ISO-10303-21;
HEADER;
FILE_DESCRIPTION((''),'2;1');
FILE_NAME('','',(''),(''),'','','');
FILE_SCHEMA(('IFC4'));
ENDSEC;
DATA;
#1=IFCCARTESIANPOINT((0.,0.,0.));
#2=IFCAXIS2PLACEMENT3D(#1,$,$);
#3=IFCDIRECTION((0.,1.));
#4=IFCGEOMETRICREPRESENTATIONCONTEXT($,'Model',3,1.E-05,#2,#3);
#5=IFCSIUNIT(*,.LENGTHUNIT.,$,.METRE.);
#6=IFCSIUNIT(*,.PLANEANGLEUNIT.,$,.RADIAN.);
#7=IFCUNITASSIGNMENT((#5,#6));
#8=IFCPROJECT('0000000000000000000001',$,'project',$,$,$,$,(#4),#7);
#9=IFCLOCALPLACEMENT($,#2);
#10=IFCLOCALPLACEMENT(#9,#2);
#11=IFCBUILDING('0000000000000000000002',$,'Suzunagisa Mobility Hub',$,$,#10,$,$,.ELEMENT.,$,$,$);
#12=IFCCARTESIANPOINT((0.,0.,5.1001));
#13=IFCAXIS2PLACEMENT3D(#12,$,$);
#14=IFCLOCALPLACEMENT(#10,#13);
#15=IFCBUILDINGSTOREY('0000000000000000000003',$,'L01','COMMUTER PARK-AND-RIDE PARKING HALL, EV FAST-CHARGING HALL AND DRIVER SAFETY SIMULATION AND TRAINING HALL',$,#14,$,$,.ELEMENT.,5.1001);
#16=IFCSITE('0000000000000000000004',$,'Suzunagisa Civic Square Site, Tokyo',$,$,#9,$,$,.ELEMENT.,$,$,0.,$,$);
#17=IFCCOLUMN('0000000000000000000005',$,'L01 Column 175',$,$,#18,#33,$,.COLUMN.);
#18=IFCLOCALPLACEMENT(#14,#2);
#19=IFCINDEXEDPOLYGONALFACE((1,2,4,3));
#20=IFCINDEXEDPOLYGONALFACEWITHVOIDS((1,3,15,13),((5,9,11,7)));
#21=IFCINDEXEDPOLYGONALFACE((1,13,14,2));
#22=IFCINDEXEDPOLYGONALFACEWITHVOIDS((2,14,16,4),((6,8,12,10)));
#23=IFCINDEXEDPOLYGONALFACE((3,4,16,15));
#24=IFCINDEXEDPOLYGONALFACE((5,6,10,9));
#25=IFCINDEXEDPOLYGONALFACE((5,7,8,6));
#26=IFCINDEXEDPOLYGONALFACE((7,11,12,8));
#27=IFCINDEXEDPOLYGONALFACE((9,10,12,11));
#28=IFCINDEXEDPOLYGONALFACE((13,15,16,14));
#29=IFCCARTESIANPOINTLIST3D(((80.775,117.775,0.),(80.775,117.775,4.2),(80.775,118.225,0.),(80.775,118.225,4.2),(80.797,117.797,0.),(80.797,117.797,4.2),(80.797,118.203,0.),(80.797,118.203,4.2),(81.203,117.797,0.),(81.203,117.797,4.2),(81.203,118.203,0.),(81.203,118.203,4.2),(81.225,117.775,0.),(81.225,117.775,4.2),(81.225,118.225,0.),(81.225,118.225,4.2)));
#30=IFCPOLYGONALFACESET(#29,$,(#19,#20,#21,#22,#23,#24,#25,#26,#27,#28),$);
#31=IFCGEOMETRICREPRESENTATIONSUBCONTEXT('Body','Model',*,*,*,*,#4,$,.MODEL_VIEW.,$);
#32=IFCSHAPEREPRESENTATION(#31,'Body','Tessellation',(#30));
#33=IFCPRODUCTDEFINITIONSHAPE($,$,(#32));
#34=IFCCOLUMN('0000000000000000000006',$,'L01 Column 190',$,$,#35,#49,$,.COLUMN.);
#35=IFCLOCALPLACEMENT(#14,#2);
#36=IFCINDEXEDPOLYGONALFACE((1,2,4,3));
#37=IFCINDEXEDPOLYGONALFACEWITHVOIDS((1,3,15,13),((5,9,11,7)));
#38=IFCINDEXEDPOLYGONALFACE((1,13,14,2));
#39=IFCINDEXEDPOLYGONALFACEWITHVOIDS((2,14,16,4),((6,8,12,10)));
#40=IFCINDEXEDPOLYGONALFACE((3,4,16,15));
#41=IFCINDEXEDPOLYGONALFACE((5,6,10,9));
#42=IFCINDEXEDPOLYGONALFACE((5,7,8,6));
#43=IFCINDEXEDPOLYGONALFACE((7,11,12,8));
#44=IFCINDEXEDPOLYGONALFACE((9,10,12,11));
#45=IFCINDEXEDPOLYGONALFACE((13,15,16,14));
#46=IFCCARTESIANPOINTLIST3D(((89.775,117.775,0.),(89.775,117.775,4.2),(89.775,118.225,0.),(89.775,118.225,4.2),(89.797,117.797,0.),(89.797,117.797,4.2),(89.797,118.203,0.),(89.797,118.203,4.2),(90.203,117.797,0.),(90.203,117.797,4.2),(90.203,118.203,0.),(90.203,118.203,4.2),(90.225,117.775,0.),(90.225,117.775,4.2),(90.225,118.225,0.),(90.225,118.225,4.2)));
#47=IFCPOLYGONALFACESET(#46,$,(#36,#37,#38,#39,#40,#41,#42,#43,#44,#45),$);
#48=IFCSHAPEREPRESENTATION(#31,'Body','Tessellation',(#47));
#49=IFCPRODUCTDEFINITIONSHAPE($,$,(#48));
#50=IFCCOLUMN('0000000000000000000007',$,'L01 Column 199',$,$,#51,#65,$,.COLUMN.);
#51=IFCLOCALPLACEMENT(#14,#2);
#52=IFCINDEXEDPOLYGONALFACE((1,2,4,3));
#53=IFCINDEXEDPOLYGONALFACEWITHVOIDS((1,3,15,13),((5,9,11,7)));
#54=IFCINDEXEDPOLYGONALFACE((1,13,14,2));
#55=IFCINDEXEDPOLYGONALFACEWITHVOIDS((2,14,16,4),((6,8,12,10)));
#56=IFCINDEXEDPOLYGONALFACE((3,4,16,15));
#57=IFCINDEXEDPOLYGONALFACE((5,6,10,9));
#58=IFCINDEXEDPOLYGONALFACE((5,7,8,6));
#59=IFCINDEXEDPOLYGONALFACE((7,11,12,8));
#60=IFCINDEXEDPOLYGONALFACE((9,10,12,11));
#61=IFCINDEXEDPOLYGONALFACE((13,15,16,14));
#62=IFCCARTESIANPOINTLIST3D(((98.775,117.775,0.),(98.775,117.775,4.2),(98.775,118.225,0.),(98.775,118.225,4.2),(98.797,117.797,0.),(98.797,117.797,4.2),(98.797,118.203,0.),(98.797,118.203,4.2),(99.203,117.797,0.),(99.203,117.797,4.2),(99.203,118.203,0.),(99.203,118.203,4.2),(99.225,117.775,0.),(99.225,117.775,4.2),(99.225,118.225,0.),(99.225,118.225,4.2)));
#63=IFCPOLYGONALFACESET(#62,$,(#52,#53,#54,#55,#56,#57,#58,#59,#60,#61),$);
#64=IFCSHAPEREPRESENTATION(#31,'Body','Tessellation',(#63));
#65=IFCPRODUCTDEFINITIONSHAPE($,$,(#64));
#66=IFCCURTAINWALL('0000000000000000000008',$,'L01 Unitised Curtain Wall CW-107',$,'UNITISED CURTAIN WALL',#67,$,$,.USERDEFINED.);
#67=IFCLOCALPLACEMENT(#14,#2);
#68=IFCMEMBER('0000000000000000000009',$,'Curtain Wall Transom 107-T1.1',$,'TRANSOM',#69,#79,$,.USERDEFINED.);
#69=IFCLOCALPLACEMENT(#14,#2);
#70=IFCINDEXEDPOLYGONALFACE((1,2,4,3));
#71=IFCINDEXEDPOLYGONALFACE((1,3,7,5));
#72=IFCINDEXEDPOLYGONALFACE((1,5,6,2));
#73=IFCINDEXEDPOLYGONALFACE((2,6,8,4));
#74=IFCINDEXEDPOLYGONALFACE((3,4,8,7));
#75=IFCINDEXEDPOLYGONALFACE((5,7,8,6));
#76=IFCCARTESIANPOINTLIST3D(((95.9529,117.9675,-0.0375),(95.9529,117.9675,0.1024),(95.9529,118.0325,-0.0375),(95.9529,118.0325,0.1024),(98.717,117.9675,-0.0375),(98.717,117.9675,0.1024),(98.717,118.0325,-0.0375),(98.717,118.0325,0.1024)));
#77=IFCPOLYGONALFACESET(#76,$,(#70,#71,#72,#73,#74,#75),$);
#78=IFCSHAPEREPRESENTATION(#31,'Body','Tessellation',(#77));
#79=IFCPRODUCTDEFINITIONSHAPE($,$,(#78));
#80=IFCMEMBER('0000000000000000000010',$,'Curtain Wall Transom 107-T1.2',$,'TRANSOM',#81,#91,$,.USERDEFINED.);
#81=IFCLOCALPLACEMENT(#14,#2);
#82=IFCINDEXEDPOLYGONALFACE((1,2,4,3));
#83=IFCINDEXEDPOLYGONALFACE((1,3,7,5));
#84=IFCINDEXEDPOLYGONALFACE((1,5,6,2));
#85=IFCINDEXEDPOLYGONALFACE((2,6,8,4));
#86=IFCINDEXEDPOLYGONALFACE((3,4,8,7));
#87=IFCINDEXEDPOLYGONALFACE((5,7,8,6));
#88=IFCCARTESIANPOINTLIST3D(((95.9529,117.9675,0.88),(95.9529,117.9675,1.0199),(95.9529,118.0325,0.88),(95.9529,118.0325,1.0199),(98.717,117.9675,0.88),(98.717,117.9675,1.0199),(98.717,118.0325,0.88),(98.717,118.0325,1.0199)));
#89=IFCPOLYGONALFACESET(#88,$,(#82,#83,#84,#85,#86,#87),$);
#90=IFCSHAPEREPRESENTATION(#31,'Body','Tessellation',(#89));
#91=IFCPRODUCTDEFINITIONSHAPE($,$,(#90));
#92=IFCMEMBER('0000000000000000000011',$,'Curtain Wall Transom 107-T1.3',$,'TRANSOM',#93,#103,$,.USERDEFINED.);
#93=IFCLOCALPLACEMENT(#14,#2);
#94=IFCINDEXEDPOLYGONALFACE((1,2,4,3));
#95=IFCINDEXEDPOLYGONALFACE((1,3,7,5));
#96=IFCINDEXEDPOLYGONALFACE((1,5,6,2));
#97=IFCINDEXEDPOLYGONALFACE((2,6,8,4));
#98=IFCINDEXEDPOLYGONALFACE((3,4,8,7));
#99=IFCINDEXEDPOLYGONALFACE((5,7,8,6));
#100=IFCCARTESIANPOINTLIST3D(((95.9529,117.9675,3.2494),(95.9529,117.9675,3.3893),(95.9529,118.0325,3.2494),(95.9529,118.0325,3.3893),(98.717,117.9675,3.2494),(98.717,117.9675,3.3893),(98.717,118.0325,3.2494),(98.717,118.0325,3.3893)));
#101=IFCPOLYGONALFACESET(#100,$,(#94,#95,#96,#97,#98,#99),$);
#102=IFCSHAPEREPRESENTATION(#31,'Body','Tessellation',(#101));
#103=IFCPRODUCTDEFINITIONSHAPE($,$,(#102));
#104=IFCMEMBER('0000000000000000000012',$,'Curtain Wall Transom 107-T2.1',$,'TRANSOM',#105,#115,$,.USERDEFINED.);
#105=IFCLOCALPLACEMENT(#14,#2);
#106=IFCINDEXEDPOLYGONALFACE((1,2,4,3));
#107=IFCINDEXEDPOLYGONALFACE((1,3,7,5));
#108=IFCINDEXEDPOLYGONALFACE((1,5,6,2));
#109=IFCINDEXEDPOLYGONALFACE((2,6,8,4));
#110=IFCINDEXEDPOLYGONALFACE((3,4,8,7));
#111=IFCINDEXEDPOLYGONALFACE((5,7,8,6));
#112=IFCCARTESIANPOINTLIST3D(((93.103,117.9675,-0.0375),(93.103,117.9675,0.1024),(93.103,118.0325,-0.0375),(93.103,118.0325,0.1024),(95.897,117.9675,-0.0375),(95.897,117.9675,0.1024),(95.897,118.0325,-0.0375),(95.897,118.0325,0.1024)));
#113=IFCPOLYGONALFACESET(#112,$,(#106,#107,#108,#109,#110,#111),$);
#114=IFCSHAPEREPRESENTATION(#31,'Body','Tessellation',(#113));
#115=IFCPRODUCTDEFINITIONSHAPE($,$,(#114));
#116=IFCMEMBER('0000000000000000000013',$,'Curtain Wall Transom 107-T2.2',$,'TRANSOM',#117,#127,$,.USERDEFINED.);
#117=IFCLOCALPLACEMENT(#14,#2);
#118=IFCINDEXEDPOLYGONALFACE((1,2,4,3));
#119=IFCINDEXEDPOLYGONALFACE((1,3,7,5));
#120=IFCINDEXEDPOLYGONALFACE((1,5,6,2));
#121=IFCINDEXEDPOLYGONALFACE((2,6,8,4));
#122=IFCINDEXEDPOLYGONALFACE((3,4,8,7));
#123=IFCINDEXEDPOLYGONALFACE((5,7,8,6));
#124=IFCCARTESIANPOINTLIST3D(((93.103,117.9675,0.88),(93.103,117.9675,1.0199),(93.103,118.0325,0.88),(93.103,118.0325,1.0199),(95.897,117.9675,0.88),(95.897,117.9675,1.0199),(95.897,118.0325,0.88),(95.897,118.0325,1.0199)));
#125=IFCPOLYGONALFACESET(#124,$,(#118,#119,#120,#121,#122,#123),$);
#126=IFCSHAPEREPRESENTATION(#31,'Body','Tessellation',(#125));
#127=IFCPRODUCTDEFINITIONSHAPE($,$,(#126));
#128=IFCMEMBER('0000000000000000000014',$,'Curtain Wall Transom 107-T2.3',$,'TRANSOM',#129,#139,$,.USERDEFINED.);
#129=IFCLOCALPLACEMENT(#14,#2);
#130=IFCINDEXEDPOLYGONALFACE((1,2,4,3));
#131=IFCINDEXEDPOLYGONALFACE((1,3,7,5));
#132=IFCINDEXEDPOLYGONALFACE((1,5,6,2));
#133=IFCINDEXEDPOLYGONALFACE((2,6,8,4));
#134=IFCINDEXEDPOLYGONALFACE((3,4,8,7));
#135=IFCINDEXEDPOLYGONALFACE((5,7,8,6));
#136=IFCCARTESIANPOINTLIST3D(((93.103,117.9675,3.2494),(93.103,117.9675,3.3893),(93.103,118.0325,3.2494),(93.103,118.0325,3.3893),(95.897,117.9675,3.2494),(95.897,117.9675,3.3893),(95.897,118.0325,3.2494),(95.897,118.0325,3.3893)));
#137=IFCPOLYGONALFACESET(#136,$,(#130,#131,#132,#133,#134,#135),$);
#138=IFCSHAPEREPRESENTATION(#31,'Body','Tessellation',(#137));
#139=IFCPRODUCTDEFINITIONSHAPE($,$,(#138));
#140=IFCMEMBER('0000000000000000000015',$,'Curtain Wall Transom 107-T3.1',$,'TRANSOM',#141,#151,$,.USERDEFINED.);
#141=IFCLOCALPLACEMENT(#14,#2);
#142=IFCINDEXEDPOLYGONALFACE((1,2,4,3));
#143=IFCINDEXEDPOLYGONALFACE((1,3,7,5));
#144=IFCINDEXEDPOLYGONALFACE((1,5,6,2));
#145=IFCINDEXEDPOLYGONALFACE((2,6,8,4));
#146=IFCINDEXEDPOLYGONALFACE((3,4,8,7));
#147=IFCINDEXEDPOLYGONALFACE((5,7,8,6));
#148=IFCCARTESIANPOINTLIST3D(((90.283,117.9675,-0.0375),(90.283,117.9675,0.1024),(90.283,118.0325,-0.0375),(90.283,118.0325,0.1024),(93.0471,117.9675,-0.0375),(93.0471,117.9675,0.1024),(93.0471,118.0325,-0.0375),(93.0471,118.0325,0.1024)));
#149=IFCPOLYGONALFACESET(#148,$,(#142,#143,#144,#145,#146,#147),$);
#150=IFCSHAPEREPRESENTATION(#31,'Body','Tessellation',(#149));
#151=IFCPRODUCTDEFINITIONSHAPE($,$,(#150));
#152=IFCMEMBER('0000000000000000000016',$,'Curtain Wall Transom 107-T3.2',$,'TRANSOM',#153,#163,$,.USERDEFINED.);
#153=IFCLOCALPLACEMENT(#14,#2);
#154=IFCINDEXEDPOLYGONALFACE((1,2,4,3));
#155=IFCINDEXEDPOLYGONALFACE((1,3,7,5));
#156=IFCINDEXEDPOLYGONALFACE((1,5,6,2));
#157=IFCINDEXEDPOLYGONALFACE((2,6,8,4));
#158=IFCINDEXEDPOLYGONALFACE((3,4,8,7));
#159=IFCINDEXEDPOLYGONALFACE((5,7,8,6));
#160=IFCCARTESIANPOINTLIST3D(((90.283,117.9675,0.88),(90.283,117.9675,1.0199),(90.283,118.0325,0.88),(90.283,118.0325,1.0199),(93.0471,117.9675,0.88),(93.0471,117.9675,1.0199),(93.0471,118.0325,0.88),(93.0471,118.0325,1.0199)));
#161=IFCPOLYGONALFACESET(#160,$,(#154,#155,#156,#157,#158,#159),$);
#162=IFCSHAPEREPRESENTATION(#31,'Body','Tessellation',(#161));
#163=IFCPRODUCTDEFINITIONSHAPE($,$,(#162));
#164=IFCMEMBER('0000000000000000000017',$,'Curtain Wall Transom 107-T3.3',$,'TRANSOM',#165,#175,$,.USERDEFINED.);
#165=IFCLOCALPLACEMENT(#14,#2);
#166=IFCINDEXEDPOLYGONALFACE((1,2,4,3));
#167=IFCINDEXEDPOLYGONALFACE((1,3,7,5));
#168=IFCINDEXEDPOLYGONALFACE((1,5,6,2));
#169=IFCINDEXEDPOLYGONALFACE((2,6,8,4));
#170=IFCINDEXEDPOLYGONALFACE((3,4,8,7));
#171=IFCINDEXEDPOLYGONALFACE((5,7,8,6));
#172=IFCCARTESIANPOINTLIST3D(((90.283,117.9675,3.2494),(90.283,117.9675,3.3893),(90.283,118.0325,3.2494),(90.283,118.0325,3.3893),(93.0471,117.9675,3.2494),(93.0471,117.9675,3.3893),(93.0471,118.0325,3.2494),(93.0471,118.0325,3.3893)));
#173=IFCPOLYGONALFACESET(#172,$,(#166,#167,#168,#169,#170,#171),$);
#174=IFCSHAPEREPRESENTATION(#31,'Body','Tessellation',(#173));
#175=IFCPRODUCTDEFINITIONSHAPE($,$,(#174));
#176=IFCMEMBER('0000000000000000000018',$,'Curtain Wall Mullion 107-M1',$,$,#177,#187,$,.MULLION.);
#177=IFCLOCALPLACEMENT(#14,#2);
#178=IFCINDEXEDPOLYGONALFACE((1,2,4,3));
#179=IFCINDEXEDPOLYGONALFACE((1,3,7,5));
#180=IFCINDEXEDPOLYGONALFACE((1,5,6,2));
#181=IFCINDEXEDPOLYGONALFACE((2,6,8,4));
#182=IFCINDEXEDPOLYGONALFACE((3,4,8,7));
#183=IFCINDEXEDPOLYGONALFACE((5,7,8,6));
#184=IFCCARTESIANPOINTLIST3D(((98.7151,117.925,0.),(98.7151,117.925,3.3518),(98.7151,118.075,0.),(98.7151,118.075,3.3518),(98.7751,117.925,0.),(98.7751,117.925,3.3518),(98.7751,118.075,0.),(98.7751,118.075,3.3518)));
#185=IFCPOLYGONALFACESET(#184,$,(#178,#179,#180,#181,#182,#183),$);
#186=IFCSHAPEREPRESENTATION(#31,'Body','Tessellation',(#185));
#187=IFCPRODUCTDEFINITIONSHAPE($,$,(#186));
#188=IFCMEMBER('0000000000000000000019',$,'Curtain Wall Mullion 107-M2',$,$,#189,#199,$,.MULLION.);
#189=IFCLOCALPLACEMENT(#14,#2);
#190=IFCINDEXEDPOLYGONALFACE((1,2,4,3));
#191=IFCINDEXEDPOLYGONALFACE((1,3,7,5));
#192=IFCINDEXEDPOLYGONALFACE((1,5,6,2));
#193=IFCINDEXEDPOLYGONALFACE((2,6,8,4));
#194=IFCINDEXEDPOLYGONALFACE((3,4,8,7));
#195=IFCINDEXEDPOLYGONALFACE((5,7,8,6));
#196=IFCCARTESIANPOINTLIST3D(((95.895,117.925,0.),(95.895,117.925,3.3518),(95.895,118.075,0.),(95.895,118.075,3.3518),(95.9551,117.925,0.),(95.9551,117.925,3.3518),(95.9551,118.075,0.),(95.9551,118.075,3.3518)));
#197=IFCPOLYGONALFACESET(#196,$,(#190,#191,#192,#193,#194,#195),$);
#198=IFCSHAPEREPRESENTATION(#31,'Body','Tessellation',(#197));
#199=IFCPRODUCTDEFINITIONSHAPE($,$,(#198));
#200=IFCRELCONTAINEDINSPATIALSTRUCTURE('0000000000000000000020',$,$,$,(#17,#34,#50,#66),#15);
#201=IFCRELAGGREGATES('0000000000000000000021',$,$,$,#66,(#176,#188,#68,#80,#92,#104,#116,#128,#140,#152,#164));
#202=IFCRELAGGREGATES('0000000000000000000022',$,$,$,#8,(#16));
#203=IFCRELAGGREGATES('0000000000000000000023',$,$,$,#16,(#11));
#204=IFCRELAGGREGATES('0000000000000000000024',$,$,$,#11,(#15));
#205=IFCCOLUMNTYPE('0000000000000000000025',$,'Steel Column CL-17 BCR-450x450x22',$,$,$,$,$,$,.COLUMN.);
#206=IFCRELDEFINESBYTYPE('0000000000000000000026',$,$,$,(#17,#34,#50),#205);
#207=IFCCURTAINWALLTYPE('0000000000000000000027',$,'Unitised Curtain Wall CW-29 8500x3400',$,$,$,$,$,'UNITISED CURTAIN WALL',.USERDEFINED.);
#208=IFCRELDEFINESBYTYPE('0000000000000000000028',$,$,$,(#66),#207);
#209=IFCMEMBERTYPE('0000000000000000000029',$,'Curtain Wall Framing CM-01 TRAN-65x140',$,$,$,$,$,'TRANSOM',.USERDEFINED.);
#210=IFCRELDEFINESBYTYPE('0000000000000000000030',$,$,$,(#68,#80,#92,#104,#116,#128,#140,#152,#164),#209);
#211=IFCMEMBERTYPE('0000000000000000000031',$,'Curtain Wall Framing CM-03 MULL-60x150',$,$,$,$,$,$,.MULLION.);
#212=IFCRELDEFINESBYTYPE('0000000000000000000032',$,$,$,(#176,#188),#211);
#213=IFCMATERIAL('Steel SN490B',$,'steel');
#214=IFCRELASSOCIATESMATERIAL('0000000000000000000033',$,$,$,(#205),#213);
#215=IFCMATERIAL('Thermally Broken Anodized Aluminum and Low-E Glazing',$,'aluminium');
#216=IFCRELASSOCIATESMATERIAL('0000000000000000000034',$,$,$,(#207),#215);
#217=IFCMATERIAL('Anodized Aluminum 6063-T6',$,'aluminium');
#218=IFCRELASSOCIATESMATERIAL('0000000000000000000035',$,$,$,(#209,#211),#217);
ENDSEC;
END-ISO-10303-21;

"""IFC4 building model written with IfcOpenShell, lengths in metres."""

from ifc_helpers import new_model, si_unit, direction, frame, origin, origin_2d, place, context, subcontext, project, spatial, rectangle, hollow_rectangle, extrude, material, material_profile, profile_set, type_object, element, aggregate, save


model = new_model("IFC4")

# Units and contexts
model_context = context("Model", 3, precision=1e-05, world=origin(), true_north=direction((0.0, 1.0)))
body_context = subcontext(model_context, "Body", "Model", "MODEL_VIEW")
ifc_project = project(units=[si_unit("LENGTHUNIT", "METRE"), si_unit("PLANEANGLEUNIT", "RADIAN")], contexts=[model_context])

# Site, building, storey
site_placement = place(None, origin())
site = spatial("IfcSite", under=ifc_project, at=site_placement, Name="Suzunagisa Civic Square Site, Tokyo", CompositionType="ELEMENT", RefElevation=0.0)
building_placement = place(site_placement, origin())
building = spatial("IfcBuilding", under=site, at=building_placement, Name="Suzunagisa Mobility Hub", CompositionType="ELEMENT")
storey_placement = place(building_placement, frame((0.0, 0.0, 5.1001)))
storey = spatial("IfcBuildingStorey", under=building, at=storey_placement, Name="L01", Description="COMMUTER PARK-AND-RIDE PARKING HALL, EV FAST-CHARGING HALL AND DRIVER SAFETY SIMULATION AND TRAINING HALL", CompositionType="ELEMENT", Elevation=5.1001)

# Columns
ifc_material_1 = material(Name="Steel SN490B", Category="steel")
ifc_material_profile_1 = material_profile(ifc_material_1, hollow_rectangle(XDim=0.45, YDim=0.45, WallThickness=0.022, at=origin_2d()), Name="BCR-450x450x22")
ifc_profile_set_1 = profile_set([ifc_material_profile_1], Name="Steel SN490B")
column_type = type_object("IfcColumnType", Name="Steel Column CL-17 BCR-450x450x22", PredefinedType="COLUMN", material=ifc_profile_set_1)
for number, where, z_axis, x_axis, name in (
    (1, (81.0, 118.0, 0.0), (0.0, 0.0, 1.0), (1.0, 0.0, 0.0), "L01 Column 175"),
    (2, (90.0, 118.0, 0.0), (0.0, 0.0, 1.0), (1.0, 0.0, 0.0), "L01 Column 190"),
    (3, (99.0, 118.0, 0.0), (0.0, 0.0, 1.0), (1.0, 0.0, 0.0), "L01 Column 199"),
):
    element("IfcColumn", number, at=place(storey_placement, frame(where, z_axis=z_axis, x_axis=x_axis)), inside=storey, type_object=column_type, Name=name, PredefinedType="COLUMN", context=body_context, shape_type="SweptSolid", body=[
        extrude(hollow_rectangle(XDim=0.45, YDim=0.45, WallThickness=0.022, at=origin_2d()), origin(), (0.0, 0.0, 1.0), 4.2),
    ])

# Curtain wall, members
ifc_material_2 = material(Name="Thermally Broken Anodized Aluminum and Low-E Glazing", Category="aluminium")
curtain_wall_type = type_object("IfcCurtainWallType", Name="Unitised Curtain Wall CW-29 8500x3400", ElementType="UNITISED CURTAIN WALL", PredefinedType="USERDEFINED", material=ifc_material_2)
curtain_wall_placement = place(storey_placement, origin())
curtain_wall = element("IfcCurtainWall", 4, at=curtain_wall_placement, inside=storey, type_object=curtain_wall_type, Name="L01 Unitised Curtain Wall CW-107", ObjectType="UNITISED CURTAIN WALL", PredefinedType="USERDEFINED")
ifc_material_3 = material(Name="Anodized Aluminum 6063-T6", Category="aluminium")
ifc_material_profile_2 = material_profile(ifc_material_3, rectangle(XDim=0.0649, YDim=0.1399, at=origin_2d()), Name="TRAN-65x140")
ifc_profile_set_2 = profile_set([ifc_material_profile_2], Name="Anodized Aluminum 6063-T6")
member_type_1 = type_object("IfcMemberType", Name="Curtain Wall Framing CM-01 TRAN-65x140", ElementType="TRANSOM", PredefinedType="USERDEFINED", material=ifc_profile_set_2)
member_1_placement = place(storey_placement, frame((98.717, 118.0, 0.0325), z_axis=(-1.0, 0.0, 0.0), x_axis=(0.0, -1.0, 0.0)))
member_1 = element("IfcMember", 5, at=member_1_placement, type_object=member_type_1, Name="Curtain Wall Transom 107-T1.1", ObjectType="TRANSOM", PredefinedType="USERDEFINED", context=body_context, shape_type="SweptSolid", body=[
    extrude(rectangle(XDim=0.0649, YDim=0.1399, at=origin_2d()), origin(), (0.0, 0.0, 1.0), 2.7642),
])
member_2_placement = place(storey_placement, frame((98.717, 118.0, 0.95), z_axis=(-1.0, 0.0, 0.0), x_axis=(0.0, -1.0, 0.0)))
member_2 = element("IfcMember", 6, at=member_2_placement, type_object=member_type_1, Name="Curtain Wall Transom 107-T1.2", ObjectType="TRANSOM", PredefinedType="USERDEFINED", context=body_context, shape_type="SweptSolid", body=[
    extrude(rectangle(XDim=0.0649, YDim=0.1399, at=origin_2d()), origin(), (0.0, 0.0, 1.0), 2.7642),
])
member_3_placement = place(storey_placement, frame((98.717, 118.0, 3.3193), z_axis=(-1.0, 0.0, 0.0), x_axis=(0.0, -1.0, 0.0)))
member_3 = element("IfcMember", 7, at=member_3_placement, type_object=member_type_1, Name="Curtain Wall Transom 107-T1.3", ObjectType="TRANSOM", PredefinedType="USERDEFINED", context=body_context, shape_type="SweptSolid", body=[
    extrude(rectangle(XDim=0.0649, YDim=0.1399, at=origin_2d()), origin(), (0.0, 0.0, 1.0), 2.7642),
])
member_4_placement = place(storey_placement, frame((95.897, 118.0, 0.0325), z_axis=(-1.0, 0.0, 0.0), x_axis=(0.0, -1.0, 0.0)))
member_4 = element("IfcMember", 8, at=member_4_placement, type_object=member_type_1, Name="Curtain Wall Transom 107-T2.1", ObjectType="TRANSOM", PredefinedType="USERDEFINED", context=body_context, shape_type="SweptSolid", body=[
    extrude(rectangle(XDim=0.0649, YDim=0.1399, at=origin_2d()), origin(), (0.0, 0.0, 1.0), 2.7939),
])
member_5_placement = place(storey_placement, frame((95.897, 118.0, 0.95), z_axis=(-1.0, 0.0, 0.0), x_axis=(0.0, -1.0, 0.0)))
member_5 = element("IfcMember", 9, at=member_5_placement, type_object=member_type_1, Name="Curtain Wall Transom 107-T2.2", ObjectType="TRANSOM", PredefinedType="USERDEFINED", context=body_context, shape_type="SweptSolid", body=[
    extrude(rectangle(XDim=0.0649, YDim=0.1399, at=origin_2d()), origin(), (0.0, 0.0, 1.0), 2.7939),
])
member_6_placement = place(storey_placement, frame((95.897, 118.0, 3.3193), z_axis=(-1.0, 0.0, 0.0), x_axis=(0.0, -1.0, 0.0)))
member_6 = element("IfcMember", 10, at=member_6_placement, type_object=member_type_1, Name="Curtain Wall Transom 107-T2.3", ObjectType="TRANSOM", PredefinedType="USERDEFINED", context=body_context, shape_type="SweptSolid", body=[
    extrude(rectangle(XDim=0.0649, YDim=0.1399, at=origin_2d()), origin(), (0.0, 0.0, 1.0), 2.7939),
])
member_7_placement = place(storey_placement, frame((93.0471, 118.0, 0.0325), z_axis=(-1.0, 0.0, 0.0), x_axis=(0.0, -1.0, 0.0)))
member_7 = element("IfcMember", 11, at=member_7_placement, type_object=member_type_1, Name="Curtain Wall Transom 107-T3.1", ObjectType="TRANSOM", PredefinedType="USERDEFINED", context=body_context, shape_type="SweptSolid", body=[
    extrude(rectangle(XDim=0.0649, YDim=0.1399, at=origin_2d()), origin(), (0.0, 0.0, 1.0), 2.7642),
])
member_8_placement = place(storey_placement, frame((93.0471, 118.0, 0.95), z_axis=(-1.0, 0.0, 0.0), x_axis=(0.0, -1.0, 0.0)))
member_8 = element("IfcMember", 12, at=member_8_placement, type_object=member_type_1, Name="Curtain Wall Transom 107-T3.2", ObjectType="TRANSOM", PredefinedType="USERDEFINED", context=body_context, shape_type="SweptSolid", body=[
    extrude(rectangle(XDim=0.0649, YDim=0.1399, at=origin_2d()), origin(), (0.0, 0.0, 1.0), 2.7642),
])
member_9_placement = place(storey_placement, frame((93.0471, 118.0, 3.3193), z_axis=(-1.0, 0.0, 0.0), x_axis=(0.0, -1.0, 0.0)))
member_9 = element("IfcMember", 13, at=member_9_placement, type_object=member_type_1, Name="Curtain Wall Transom 107-T3.3", ObjectType="TRANSOM", PredefinedType="USERDEFINED", context=body_context, shape_type="SweptSolid", body=[
    extrude(rectangle(XDim=0.0649, YDim=0.1399, at=origin_2d()), origin(), (0.0, 0.0, 1.0), 2.7642),
])
ifc_material_profile_3 = material_profile(ifc_material_3, rectangle(XDim=0.0601, YDim=0.1499, at=origin_2d()), Name="MULL-60x150")
ifc_profile_set_3 = profile_set([ifc_material_profile_3], Name="Anodized Aluminum 6063-T6")
member_type_2 = type_object("IfcMemberType", Name="Curtain Wall Framing CM-03 MULL-60x150", PredefinedType="MULLION", material=ifc_profile_set_3)
member_10_placement = place(storey_placement, frame((98.7451, 118.0, 0.0), z_axis=(0.0, 0.0, 1.0), x_axis=(-1.0, 0.0, 0.0)))
member_10 = element("IfcMember", 14, at=member_10_placement, type_object=member_type_2, Name="Curtain Wall Mullion 107-M1", PredefinedType="MULLION", context=body_context, shape_type="SweptSolid", body=[
    extrude(rectangle(XDim=0.0601, YDim=0.1499, at=origin_2d()), origin(), (0.0, 0.0, 1.0), 3.3518),
])
member_11_placement = place(storey_placement, frame((95.925, 118.0, 0.0), z_axis=(0.0, 0.0, 1.0), x_axis=(-1.0, 0.0, 0.0)))
member_11 = element("IfcMember", 15, at=member_11_placement, type_object=member_type_2, Name="Curtain Wall Mullion 107-M2", PredefinedType="MULLION", context=body_context, shape_type="SweptSolid", body=[
    extrude(rectangle(XDim=0.0601, YDim=0.1499, at=origin_2d()), origin(), (0.0, 0.0, 1.0), 3.3518),
])

aggregate(curtain_wall, [member_10, member_11, member_1, member_2, member_3, member_4, member_5, member_6, member_7, member_8, member_9])

save(model, "model.ifc")
